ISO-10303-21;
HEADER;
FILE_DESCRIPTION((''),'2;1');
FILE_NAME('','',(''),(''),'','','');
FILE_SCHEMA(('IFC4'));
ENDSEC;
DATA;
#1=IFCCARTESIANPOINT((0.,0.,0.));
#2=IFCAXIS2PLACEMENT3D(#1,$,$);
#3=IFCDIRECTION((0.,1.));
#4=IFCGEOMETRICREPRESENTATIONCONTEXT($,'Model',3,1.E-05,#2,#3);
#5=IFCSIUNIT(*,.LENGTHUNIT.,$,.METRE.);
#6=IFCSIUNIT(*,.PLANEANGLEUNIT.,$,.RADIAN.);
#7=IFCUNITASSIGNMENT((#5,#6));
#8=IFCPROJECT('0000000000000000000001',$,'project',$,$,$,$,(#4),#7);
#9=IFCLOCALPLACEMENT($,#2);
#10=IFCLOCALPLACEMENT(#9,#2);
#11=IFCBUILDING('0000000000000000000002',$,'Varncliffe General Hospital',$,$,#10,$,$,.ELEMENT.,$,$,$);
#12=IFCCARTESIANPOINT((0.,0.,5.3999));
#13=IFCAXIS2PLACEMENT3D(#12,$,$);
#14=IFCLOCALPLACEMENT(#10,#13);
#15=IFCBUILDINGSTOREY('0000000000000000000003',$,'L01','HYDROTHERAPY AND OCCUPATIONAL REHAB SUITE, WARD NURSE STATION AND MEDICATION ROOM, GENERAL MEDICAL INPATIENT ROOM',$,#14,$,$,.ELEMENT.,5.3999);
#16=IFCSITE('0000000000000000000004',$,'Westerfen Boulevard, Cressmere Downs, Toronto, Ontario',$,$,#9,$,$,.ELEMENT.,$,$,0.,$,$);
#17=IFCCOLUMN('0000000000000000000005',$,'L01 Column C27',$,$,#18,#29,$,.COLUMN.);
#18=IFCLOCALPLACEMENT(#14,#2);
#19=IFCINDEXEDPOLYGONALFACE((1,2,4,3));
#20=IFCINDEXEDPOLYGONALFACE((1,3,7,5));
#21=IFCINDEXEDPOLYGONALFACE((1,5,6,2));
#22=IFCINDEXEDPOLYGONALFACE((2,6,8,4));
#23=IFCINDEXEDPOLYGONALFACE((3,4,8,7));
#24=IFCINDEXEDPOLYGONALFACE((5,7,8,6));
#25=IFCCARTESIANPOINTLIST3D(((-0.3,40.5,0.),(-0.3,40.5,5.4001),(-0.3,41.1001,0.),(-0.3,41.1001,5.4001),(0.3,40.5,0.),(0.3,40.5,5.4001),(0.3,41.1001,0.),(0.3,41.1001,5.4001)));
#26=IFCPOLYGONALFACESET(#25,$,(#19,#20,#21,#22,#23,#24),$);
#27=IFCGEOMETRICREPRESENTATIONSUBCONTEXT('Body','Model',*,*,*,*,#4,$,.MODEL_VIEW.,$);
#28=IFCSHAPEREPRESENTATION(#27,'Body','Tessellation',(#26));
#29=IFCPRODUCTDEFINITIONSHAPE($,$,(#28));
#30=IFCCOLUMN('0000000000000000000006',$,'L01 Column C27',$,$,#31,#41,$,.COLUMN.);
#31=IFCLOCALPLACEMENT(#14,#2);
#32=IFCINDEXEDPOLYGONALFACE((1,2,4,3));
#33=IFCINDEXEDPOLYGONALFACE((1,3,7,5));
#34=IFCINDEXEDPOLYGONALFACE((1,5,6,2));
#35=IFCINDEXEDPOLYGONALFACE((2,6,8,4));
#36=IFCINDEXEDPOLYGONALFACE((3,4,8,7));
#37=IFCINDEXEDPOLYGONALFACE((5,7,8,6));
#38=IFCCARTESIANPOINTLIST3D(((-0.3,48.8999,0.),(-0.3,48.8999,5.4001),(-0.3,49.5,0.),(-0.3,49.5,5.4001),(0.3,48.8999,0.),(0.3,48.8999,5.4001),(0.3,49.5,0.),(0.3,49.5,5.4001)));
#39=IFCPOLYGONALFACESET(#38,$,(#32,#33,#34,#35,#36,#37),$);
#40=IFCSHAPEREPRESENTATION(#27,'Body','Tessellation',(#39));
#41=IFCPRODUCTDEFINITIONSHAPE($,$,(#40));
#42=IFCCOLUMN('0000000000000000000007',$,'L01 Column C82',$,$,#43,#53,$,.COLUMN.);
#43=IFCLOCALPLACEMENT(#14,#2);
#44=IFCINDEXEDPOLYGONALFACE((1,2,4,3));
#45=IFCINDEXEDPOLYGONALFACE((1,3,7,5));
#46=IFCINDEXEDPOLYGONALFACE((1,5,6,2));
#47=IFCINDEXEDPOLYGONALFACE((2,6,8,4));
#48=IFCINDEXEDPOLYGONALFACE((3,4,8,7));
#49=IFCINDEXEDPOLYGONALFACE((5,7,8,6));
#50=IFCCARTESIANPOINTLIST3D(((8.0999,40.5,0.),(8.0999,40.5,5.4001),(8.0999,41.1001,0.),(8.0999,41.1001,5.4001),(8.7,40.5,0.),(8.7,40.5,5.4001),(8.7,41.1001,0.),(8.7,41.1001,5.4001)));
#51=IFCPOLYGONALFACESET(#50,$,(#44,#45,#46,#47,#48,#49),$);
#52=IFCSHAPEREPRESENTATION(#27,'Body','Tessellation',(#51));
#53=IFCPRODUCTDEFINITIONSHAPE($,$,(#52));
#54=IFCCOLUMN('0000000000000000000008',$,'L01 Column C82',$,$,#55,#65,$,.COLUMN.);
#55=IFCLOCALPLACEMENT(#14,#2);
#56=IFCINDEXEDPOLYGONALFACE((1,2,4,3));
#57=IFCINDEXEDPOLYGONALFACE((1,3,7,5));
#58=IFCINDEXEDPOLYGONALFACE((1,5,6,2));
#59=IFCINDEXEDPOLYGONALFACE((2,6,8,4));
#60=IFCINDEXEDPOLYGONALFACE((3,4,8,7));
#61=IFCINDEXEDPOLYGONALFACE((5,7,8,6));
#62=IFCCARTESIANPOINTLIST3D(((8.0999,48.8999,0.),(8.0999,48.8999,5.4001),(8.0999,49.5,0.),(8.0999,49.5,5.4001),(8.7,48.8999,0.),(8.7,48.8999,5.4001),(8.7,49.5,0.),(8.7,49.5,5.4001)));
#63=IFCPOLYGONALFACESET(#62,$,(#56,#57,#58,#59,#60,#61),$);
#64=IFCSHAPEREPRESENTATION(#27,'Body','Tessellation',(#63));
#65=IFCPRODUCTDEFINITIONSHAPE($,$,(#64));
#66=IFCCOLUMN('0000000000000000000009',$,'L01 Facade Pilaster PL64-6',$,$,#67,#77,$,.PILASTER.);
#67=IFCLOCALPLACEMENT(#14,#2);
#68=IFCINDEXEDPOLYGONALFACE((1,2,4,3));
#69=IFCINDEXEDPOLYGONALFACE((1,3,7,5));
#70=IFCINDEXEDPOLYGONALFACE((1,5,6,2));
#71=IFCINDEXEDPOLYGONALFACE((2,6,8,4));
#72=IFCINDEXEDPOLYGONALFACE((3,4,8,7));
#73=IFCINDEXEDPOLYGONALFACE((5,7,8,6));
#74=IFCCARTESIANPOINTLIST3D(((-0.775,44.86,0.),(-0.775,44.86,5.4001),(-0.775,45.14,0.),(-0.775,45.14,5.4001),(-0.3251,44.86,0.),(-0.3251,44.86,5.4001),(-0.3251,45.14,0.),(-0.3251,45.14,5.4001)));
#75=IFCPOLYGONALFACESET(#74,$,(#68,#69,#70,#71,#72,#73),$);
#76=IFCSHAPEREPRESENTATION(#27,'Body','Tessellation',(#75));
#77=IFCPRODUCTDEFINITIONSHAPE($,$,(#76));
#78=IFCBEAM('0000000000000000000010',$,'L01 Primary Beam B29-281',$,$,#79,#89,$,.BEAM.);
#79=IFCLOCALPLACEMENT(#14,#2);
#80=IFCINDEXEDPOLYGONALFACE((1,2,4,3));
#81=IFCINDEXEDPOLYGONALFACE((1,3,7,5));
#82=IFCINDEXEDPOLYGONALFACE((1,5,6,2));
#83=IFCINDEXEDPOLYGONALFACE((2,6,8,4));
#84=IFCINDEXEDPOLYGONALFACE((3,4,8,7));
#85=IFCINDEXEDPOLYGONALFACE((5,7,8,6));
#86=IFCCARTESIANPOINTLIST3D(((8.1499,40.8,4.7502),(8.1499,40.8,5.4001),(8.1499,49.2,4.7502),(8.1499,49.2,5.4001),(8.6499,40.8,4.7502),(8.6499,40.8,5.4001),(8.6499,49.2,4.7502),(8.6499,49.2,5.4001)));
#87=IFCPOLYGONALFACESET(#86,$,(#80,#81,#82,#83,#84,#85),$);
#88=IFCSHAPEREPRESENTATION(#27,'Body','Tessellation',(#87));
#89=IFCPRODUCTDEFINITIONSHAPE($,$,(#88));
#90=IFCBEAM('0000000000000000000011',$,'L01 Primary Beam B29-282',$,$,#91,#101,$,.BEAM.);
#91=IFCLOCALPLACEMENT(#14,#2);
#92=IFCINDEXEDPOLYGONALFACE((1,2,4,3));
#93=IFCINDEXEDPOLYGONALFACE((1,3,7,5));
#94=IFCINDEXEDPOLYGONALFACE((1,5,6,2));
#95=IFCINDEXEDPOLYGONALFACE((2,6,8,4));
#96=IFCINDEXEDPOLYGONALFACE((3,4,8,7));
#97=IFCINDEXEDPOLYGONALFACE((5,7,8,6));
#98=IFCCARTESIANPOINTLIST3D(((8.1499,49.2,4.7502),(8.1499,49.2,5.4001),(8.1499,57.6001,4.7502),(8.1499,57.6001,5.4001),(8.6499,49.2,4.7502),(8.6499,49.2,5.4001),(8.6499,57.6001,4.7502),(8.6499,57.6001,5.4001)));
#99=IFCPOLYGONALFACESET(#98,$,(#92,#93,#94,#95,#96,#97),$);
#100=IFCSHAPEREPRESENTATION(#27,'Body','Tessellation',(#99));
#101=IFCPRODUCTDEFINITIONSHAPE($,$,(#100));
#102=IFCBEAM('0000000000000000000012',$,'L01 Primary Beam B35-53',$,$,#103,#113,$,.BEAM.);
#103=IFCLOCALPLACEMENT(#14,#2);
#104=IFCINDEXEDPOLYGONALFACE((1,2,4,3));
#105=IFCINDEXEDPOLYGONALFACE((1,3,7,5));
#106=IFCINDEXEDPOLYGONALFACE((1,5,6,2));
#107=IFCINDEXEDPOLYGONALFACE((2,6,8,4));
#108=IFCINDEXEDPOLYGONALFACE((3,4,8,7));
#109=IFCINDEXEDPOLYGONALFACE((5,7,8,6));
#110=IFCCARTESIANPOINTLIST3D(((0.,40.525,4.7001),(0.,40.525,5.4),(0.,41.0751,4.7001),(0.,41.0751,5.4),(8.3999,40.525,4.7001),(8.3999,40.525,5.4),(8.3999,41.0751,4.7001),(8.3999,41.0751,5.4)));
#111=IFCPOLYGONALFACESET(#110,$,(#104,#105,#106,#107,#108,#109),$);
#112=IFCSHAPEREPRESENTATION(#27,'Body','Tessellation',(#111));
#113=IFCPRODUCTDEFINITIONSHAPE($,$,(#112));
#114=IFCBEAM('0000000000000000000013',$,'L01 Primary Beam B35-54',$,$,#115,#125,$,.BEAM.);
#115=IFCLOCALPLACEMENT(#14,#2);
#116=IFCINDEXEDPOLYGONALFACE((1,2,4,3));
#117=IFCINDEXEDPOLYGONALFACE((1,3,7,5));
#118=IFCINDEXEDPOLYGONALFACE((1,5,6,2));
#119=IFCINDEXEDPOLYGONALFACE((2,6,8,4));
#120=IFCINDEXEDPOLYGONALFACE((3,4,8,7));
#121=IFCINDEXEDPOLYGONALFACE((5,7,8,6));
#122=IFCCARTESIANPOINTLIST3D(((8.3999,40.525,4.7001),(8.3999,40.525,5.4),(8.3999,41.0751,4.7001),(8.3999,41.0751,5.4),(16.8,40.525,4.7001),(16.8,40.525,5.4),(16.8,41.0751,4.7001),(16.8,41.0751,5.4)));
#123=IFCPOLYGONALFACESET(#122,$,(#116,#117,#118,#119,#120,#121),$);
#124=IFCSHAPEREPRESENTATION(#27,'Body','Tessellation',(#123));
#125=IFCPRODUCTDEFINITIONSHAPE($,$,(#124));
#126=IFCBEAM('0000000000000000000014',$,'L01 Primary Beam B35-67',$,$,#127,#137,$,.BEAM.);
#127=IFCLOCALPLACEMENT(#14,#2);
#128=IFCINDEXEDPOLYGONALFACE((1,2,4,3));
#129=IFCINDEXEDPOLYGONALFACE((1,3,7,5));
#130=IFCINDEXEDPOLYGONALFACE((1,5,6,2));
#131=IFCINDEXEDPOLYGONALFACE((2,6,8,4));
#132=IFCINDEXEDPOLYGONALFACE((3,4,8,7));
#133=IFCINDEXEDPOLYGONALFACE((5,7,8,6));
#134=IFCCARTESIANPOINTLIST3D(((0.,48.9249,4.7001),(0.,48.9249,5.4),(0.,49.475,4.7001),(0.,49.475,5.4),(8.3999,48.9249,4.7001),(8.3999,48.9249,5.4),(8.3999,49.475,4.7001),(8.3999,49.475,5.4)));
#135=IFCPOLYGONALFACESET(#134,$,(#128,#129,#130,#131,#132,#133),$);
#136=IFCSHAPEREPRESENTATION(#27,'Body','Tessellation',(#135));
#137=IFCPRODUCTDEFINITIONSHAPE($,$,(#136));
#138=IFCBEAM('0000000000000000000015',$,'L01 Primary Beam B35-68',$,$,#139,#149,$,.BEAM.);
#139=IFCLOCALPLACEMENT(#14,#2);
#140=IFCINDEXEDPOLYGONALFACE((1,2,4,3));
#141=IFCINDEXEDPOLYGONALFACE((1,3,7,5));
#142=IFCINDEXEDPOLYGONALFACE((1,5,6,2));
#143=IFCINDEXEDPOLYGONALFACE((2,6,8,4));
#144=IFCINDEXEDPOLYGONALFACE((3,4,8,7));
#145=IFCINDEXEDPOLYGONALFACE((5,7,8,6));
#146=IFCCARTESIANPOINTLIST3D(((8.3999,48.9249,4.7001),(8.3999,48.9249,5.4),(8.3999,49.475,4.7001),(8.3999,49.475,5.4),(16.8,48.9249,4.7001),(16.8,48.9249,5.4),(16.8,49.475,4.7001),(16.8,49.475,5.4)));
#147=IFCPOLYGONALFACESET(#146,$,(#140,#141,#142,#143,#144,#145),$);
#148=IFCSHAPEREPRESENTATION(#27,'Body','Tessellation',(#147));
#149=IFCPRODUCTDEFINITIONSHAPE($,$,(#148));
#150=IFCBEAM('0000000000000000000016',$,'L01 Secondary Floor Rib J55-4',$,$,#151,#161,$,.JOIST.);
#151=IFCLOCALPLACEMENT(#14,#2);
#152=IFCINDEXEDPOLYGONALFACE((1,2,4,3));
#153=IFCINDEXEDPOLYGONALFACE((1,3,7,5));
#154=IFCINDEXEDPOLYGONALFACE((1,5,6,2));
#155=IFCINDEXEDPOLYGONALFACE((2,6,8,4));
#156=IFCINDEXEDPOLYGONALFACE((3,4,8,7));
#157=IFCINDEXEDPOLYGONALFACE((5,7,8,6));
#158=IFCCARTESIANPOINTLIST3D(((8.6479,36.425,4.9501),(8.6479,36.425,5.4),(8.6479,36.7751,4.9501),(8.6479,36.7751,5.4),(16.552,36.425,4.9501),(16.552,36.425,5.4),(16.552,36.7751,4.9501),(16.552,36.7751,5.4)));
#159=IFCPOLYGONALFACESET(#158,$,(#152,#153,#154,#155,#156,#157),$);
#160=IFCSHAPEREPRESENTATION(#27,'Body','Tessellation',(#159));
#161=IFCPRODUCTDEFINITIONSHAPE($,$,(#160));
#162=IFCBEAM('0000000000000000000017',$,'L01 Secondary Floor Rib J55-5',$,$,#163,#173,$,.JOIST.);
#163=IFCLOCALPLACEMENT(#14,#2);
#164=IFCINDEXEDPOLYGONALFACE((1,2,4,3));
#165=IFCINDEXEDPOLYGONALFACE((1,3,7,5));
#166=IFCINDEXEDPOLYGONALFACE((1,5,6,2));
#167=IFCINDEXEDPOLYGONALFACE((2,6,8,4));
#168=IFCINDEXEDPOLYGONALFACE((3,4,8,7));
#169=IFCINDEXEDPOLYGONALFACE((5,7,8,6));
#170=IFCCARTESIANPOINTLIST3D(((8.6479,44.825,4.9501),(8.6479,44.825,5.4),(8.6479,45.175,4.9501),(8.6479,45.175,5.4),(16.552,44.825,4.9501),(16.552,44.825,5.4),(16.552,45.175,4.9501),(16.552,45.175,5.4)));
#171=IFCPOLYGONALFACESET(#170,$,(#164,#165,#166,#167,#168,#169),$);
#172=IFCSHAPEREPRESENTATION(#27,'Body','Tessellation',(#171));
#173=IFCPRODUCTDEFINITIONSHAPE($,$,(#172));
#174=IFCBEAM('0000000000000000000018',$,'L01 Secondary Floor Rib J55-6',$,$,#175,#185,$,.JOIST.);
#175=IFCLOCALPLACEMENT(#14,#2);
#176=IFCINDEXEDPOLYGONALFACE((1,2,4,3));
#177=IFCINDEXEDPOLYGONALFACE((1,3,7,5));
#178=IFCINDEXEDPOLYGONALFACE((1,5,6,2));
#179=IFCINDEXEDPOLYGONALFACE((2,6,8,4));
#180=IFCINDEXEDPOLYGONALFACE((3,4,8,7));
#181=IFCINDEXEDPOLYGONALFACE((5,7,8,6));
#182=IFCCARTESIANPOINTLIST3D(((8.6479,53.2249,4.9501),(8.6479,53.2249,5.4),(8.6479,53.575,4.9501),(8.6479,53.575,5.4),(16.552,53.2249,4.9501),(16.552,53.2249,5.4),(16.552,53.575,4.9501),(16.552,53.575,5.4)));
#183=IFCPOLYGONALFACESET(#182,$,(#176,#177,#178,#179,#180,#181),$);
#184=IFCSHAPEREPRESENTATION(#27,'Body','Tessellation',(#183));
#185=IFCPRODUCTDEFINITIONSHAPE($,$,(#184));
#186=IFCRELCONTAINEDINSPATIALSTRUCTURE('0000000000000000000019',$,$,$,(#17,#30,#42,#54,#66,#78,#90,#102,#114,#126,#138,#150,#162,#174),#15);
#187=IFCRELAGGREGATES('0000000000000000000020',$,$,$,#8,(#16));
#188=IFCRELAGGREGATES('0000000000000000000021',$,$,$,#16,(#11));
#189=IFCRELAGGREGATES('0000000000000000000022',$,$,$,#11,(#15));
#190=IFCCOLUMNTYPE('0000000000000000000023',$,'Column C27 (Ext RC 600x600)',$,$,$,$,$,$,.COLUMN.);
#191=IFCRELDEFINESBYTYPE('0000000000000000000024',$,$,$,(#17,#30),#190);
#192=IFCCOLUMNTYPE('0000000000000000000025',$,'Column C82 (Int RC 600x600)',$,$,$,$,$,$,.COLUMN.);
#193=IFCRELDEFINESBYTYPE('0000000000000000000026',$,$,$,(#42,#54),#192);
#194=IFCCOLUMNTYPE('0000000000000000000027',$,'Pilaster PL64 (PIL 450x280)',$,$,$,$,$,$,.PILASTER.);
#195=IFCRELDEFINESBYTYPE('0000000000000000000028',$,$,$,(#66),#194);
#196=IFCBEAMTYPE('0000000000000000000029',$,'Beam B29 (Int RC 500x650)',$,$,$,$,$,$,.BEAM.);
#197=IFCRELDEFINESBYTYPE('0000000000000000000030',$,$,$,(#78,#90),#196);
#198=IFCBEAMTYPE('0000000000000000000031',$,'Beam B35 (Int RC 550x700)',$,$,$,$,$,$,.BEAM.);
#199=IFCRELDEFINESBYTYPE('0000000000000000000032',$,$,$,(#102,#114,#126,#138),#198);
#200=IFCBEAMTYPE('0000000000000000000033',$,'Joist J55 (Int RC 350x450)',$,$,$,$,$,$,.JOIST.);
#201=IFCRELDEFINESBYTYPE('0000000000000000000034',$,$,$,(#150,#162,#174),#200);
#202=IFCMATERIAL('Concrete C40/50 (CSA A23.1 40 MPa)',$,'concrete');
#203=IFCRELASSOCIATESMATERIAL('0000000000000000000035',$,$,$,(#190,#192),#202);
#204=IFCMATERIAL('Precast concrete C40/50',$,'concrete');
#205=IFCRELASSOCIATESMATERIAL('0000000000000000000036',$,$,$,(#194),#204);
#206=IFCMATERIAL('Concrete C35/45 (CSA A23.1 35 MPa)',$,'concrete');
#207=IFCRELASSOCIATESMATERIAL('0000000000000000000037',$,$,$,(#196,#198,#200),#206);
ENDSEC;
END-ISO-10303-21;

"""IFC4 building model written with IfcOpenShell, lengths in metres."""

from ifc_helpers import new_model, si_unit, direction, frame, origin, origin_2d, place, context, subcontext, project, spatial, rectangle, extrude, material, material_profile, profile_set, type_object, element, save


model = new_model("IFC4")

# Units and contexts
model_context = context("Model", 3, precision=1e-05, world=origin(), true_north=direction((0.0, 1.0)))
body_context = subcontext(model_context, "Body", "Model", "MODEL_VIEW")
ifc_project = project(units=[si_unit("LENGTHUNIT", "METRE"), si_unit("PLANEANGLEUNIT", "RADIAN")], contexts=[model_context])

# Site, building, storey
site_placement = place(None, origin())
site = spatial("IfcSite", under=ifc_project, at=site_placement, Name="Westerfen Boulevard, Cressmere Downs, Toronto, Ontario", CompositionType="ELEMENT", RefElevation=0.0)
building_placement = place(site_placement, origin())
building = spatial("IfcBuilding", under=site, at=building_placement, Name="Varncliffe General Hospital", CompositionType="ELEMENT")
storey_placement = place(building_placement, frame((0.0, 0.0, 5.3999)))
storey = spatial("IfcBuildingStorey", under=building, at=storey_placement, Name="L01", Description="HYDROTHERAPY AND OCCUPATIONAL REHAB SUITE, WARD NURSE STATION AND MEDICATION ROOM, GENERAL MEDICAL INPATIENT ROOM", CompositionType="ELEMENT", Elevation=5.3999)

# Columns
ifc_material_1 = material(Name="Concrete C40/50 (CSA A23.1 40 MPa)", Category="concrete")
ifc_material_profile_1 = material_profile(ifc_material_1, rectangle(XDim=0.6001, YDim=0.6001, at=origin_2d()), Name="RC 600x600")
ifc_profile_set_1 = profile_set([ifc_material_profile_1], Name="Concrete C40/50 (CSA A23.1 40 MPa)")
column_type_1 = type_object("IfcColumnType", Name="Column C27 (Ext RC 600x600)", PredefinedType="COLUMN", material=ifc_profile_set_1)
for number, where, z_axis, x_axis, name in (
    (1, (0.0, 40.8, 0.0), (0.0, 0.0, 1.0), (1.0, 0.0, 0.0), "L01 Column C27"),
    (2, (0.0, 49.2, 0.0), (0.0, 0.0, 1.0), (1.0, 0.0, 0.0), "L01 Column C27"),
):
    element("IfcColumn", number, at=place(storey_placement, frame(where, z_axis=z_axis, x_axis=x_axis)), inside=storey, type_object=column_type_1, Name=name, PredefinedType="COLUMN", context=body_context, shape_type="SweptSolid", body=[
        extrude(rectangle(XDim=0.6001, YDim=0.6001, at=origin_2d()), origin(), (0.0, 0.0, 1.0), 5.4001),
    ])
ifc_material_profile_2 = material_profile(ifc_material_1, rectangle(XDim=0.6001, YDim=0.6001, at=origin_2d()), Name="RC 600x600")
ifc_profile_set_2 = profile_set([ifc_material_profile_2], Name="Concrete C40/50 (CSA A23.1 40 MPa)")
column_type_2 = type_object("IfcColumnType", Name="Column C82 (Int RC 600x600)", PredefinedType="COLUMN", material=ifc_profile_set_2)
for number, where, z_axis, x_axis, name in (
    (3, (8.3999, 40.8, 0.0), (0.0, 0.0, 1.0), (1.0, 0.0, 0.0), "L01 Column C82"),
    (4, (8.3999, 49.2, 0.0), (0.0, 0.0, 1.0), (1.0, 0.0, 0.0), "L01 Column C82"),
):
    element("IfcColumn", number, at=place(storey_placement, frame(where, z_axis=z_axis, x_axis=x_axis)), inside=storey, type_object=column_type_2, Name=name, PredefinedType="COLUMN", context=body_context, shape_type="SweptSolid", body=[
        extrude(rectangle(XDim=0.6001, YDim=0.6001, at=origin_2d()), origin(), (0.0, 0.0, 1.0), 5.4001),
    ])
ifc_material_2 = material(Name="Precast concrete C40/50", Category="concrete")
ifc_material_profile_3 = material_profile(ifc_material_2, rectangle(XDim=0.45, YDim=0.28, at=origin_2d()), Name="PIL 450x280")
ifc_profile_set_3 = profile_set([ifc_material_profile_3], Name="Precast concrete C40/50")
column_type_3 = type_object("IfcColumnType", Name="Pilaster PL64 (PIL 450x280)", PredefinedType="PILASTER", material=ifc_profile_set_3)
column_placement = place(storey_placement, frame((-0.55, 45.0, 0.0), z_axis=(0.0, 0.0, 1.0), x_axis=(1.0, 0.0, 0.0)))
element("IfcColumn", 5, at=column_placement, inside=storey, type_object=column_type_3, Name="L01 Facade Pilaster PL64-6", PredefinedType="PILASTER", context=body_context, shape_type="SweptSolid", body=[
    extrude(rectangle(XDim=0.45, YDim=0.28, at=origin_2d()), origin(), (0.0, 0.0, 1.0), 5.4001),
])

# Beams
ifc_material_3 = material(Name="Concrete C35/45 (CSA A23.1 35 MPa)", Category="concrete")
ifc_material_profile_4 = material_profile(ifc_material_3, rectangle(XDim=0.5, YDim=0.6499, at=origin_2d()), Name="RC 500x650")
ifc_profile_set_4 = profile_set([ifc_material_profile_4], Name="Concrete C35/45 (CSA A23.1 35 MPa)")
beam_type_1 = type_object("IfcBeamType", Name="Beam B29 (Int RC 500x650)", PredefinedType="BEAM", material=ifc_profile_set_4)
beam_1_placement = place(storey_placement, frame((8.3999, 40.8, 5.0752), z_axis=(0.0, 1.0, 0.0), x_axis=(-1.0, 0.0, 0.0)))
element("IfcBeam", 6, at=beam_1_placement, inside=storey, type_object=beam_type_1, Name="L01 Primary Beam B29-281", PredefinedType="BEAM", context=body_context, shape_type="SweptSolid", body=[
    extrude(rectangle(XDim=0.5, YDim=0.6499, at=origin_2d()), origin(), (0.0, 0.0, 1.0), 8.3999),
])
beam_2_placement = place(storey_placement, frame((8.3999, 49.2, 5.0752), z_axis=(0.0, 1.0, 0.0), x_axis=(-1.0, 0.0, 0.0)))
element("IfcBeam", 7, at=beam_2_placement, inside=storey, type_object=beam_type_1, Name="L01 Primary Beam B29-282", PredefinedType="BEAM", context=body_context, shape_type="SweptSolid", body=[
    extrude(rectangle(XDim=0.5, YDim=0.6499, at=origin_2d()), origin(), (0.0, 0.0, 1.0), 8.4001),
])
ifc_material_profile_5 = material_profile(ifc_material_3, rectangle(XDim=0.55, YDim=0.7, at=origin_2d()), Name="RC 550x700")
ifc_profile_set_5 = profile_set([ifc_material_profile_5], Name="Concrete C35/45 (CSA A23.1 35 MPa)")
beam_type_2 = type_object("IfcBeamType", Name="Beam B35 (Int RC 550x700)", PredefinedType="BEAM", material=ifc_profile_set_5)
beam_3_placement = place(storey_placement, frame((0.0, 40.8, 5.05), z_axis=(1.0, 0.0, 0.0), x_axis=(0.0, 1.0, 0.0)))
element("IfcBeam", 8, at=beam_3_placement, inside=storey, type_object=beam_type_2, Name="L01 Primary Beam B35-53", PredefinedType="BEAM", context=body_context, shape_type="SweptSolid", body=[
    extrude(rectangle(XDim=0.55, YDim=0.7, at=origin_2d()), origin(), (0.0, 0.0, 1.0), 8.3999),
])
beam_4_placement = place(storey_placement, frame((8.3999, 40.8, 5.05), z_axis=(1.0, 0.0, 0.0), x_axis=(0.0, 1.0, 0.0)))
element("IfcBeam", 9, at=beam_4_placement, inside=storey, type_object=beam_type_2, Name="L01 Primary Beam B35-54", PredefinedType="BEAM", context=body_context, shape_type="SweptSolid", body=[
    extrude(rectangle(XDim=0.55, YDim=0.7, at=origin_2d()), origin(), (0.0, 0.0, 1.0), 8.4001),
])
beam_5_placement = place(storey_placement, frame((0.0, 49.2, 5.05), z_axis=(1.0, 0.0, 0.0), x_axis=(0.0, 1.0, 0.0)))
element("IfcBeam", 10, at=beam_5_placement, inside=storey, type_object=beam_type_2, Name="L01 Primary Beam B35-67", PredefinedType="BEAM", context=body_context, shape_type="SweptSolid", body=[
    extrude(rectangle(XDim=0.55, YDim=0.7, at=origin_2d()), origin(), (0.0, 0.0, 1.0), 8.3999),
])
beam_6_placement = place(storey_placement, frame((8.3999, 49.2, 5.05), z_axis=(1.0, 0.0, 0.0), x_axis=(0.0, 1.0, 0.0)))
element("IfcBeam", 11, at=beam_6_placement, inside=storey, type_object=beam_type_2, Name="L01 Primary Beam B35-68", PredefinedType="BEAM", context=body_context, shape_type="SweptSolid", body=[
    extrude(rectangle(XDim=0.55, YDim=0.7, at=origin_2d()), origin(), (0.0, 0.0, 1.0), 8.4001),
])
ifc_material_profile_6 = material_profile(ifc_material_3, rectangle(XDim=0.3501, YDim=0.45, at=origin_2d()), Name="RC 350x450")
ifc_profile_set_6 = profile_set([ifc_material_profile_6], Name="Concrete C35/45 (CSA A23.1 35 MPa)")
beam_type_3 = type_object("IfcBeamType", Name="Joist J55 (Int RC 350x450)", PredefinedType="JOIST", material=ifc_profile_set_6)
for number, where, z_axis, x_axis, name in (
    (12, (8.6479, 36.6001, 5.175), (1.0, 0.0, 0.0), (0.0, 1.0, 0.0), "L01 Secondary Floor Rib J55-4"),
    (13, (8.6479, 45.0, 5.175), (1.0, 0.0, 0.0), (0.0, 1.0, 0.0), "L01 Secondary Floor Rib J55-5"),
    (14, (8.6479, 53.3999, 5.175), (1.0, 0.0, 0.0), (0.0, 1.0, 0.0), "L01 Secondary Floor Rib J55-6"),
):
    element("IfcBeam", number, at=place(storey_placement, frame(where, z_axis=z_axis, x_axis=x_axis)), inside=storey, type_object=beam_type_3, Name=name, PredefinedType="JOIST", context=body_context, shape_type="SweptSolid", body=[
        extrude(rectangle(XDim=0.3501, YDim=0.45, at=origin_2d()), origin(), (0.0, 0.0, 1.0), 7.9041),
    ])

save(model, "model.ifc")
